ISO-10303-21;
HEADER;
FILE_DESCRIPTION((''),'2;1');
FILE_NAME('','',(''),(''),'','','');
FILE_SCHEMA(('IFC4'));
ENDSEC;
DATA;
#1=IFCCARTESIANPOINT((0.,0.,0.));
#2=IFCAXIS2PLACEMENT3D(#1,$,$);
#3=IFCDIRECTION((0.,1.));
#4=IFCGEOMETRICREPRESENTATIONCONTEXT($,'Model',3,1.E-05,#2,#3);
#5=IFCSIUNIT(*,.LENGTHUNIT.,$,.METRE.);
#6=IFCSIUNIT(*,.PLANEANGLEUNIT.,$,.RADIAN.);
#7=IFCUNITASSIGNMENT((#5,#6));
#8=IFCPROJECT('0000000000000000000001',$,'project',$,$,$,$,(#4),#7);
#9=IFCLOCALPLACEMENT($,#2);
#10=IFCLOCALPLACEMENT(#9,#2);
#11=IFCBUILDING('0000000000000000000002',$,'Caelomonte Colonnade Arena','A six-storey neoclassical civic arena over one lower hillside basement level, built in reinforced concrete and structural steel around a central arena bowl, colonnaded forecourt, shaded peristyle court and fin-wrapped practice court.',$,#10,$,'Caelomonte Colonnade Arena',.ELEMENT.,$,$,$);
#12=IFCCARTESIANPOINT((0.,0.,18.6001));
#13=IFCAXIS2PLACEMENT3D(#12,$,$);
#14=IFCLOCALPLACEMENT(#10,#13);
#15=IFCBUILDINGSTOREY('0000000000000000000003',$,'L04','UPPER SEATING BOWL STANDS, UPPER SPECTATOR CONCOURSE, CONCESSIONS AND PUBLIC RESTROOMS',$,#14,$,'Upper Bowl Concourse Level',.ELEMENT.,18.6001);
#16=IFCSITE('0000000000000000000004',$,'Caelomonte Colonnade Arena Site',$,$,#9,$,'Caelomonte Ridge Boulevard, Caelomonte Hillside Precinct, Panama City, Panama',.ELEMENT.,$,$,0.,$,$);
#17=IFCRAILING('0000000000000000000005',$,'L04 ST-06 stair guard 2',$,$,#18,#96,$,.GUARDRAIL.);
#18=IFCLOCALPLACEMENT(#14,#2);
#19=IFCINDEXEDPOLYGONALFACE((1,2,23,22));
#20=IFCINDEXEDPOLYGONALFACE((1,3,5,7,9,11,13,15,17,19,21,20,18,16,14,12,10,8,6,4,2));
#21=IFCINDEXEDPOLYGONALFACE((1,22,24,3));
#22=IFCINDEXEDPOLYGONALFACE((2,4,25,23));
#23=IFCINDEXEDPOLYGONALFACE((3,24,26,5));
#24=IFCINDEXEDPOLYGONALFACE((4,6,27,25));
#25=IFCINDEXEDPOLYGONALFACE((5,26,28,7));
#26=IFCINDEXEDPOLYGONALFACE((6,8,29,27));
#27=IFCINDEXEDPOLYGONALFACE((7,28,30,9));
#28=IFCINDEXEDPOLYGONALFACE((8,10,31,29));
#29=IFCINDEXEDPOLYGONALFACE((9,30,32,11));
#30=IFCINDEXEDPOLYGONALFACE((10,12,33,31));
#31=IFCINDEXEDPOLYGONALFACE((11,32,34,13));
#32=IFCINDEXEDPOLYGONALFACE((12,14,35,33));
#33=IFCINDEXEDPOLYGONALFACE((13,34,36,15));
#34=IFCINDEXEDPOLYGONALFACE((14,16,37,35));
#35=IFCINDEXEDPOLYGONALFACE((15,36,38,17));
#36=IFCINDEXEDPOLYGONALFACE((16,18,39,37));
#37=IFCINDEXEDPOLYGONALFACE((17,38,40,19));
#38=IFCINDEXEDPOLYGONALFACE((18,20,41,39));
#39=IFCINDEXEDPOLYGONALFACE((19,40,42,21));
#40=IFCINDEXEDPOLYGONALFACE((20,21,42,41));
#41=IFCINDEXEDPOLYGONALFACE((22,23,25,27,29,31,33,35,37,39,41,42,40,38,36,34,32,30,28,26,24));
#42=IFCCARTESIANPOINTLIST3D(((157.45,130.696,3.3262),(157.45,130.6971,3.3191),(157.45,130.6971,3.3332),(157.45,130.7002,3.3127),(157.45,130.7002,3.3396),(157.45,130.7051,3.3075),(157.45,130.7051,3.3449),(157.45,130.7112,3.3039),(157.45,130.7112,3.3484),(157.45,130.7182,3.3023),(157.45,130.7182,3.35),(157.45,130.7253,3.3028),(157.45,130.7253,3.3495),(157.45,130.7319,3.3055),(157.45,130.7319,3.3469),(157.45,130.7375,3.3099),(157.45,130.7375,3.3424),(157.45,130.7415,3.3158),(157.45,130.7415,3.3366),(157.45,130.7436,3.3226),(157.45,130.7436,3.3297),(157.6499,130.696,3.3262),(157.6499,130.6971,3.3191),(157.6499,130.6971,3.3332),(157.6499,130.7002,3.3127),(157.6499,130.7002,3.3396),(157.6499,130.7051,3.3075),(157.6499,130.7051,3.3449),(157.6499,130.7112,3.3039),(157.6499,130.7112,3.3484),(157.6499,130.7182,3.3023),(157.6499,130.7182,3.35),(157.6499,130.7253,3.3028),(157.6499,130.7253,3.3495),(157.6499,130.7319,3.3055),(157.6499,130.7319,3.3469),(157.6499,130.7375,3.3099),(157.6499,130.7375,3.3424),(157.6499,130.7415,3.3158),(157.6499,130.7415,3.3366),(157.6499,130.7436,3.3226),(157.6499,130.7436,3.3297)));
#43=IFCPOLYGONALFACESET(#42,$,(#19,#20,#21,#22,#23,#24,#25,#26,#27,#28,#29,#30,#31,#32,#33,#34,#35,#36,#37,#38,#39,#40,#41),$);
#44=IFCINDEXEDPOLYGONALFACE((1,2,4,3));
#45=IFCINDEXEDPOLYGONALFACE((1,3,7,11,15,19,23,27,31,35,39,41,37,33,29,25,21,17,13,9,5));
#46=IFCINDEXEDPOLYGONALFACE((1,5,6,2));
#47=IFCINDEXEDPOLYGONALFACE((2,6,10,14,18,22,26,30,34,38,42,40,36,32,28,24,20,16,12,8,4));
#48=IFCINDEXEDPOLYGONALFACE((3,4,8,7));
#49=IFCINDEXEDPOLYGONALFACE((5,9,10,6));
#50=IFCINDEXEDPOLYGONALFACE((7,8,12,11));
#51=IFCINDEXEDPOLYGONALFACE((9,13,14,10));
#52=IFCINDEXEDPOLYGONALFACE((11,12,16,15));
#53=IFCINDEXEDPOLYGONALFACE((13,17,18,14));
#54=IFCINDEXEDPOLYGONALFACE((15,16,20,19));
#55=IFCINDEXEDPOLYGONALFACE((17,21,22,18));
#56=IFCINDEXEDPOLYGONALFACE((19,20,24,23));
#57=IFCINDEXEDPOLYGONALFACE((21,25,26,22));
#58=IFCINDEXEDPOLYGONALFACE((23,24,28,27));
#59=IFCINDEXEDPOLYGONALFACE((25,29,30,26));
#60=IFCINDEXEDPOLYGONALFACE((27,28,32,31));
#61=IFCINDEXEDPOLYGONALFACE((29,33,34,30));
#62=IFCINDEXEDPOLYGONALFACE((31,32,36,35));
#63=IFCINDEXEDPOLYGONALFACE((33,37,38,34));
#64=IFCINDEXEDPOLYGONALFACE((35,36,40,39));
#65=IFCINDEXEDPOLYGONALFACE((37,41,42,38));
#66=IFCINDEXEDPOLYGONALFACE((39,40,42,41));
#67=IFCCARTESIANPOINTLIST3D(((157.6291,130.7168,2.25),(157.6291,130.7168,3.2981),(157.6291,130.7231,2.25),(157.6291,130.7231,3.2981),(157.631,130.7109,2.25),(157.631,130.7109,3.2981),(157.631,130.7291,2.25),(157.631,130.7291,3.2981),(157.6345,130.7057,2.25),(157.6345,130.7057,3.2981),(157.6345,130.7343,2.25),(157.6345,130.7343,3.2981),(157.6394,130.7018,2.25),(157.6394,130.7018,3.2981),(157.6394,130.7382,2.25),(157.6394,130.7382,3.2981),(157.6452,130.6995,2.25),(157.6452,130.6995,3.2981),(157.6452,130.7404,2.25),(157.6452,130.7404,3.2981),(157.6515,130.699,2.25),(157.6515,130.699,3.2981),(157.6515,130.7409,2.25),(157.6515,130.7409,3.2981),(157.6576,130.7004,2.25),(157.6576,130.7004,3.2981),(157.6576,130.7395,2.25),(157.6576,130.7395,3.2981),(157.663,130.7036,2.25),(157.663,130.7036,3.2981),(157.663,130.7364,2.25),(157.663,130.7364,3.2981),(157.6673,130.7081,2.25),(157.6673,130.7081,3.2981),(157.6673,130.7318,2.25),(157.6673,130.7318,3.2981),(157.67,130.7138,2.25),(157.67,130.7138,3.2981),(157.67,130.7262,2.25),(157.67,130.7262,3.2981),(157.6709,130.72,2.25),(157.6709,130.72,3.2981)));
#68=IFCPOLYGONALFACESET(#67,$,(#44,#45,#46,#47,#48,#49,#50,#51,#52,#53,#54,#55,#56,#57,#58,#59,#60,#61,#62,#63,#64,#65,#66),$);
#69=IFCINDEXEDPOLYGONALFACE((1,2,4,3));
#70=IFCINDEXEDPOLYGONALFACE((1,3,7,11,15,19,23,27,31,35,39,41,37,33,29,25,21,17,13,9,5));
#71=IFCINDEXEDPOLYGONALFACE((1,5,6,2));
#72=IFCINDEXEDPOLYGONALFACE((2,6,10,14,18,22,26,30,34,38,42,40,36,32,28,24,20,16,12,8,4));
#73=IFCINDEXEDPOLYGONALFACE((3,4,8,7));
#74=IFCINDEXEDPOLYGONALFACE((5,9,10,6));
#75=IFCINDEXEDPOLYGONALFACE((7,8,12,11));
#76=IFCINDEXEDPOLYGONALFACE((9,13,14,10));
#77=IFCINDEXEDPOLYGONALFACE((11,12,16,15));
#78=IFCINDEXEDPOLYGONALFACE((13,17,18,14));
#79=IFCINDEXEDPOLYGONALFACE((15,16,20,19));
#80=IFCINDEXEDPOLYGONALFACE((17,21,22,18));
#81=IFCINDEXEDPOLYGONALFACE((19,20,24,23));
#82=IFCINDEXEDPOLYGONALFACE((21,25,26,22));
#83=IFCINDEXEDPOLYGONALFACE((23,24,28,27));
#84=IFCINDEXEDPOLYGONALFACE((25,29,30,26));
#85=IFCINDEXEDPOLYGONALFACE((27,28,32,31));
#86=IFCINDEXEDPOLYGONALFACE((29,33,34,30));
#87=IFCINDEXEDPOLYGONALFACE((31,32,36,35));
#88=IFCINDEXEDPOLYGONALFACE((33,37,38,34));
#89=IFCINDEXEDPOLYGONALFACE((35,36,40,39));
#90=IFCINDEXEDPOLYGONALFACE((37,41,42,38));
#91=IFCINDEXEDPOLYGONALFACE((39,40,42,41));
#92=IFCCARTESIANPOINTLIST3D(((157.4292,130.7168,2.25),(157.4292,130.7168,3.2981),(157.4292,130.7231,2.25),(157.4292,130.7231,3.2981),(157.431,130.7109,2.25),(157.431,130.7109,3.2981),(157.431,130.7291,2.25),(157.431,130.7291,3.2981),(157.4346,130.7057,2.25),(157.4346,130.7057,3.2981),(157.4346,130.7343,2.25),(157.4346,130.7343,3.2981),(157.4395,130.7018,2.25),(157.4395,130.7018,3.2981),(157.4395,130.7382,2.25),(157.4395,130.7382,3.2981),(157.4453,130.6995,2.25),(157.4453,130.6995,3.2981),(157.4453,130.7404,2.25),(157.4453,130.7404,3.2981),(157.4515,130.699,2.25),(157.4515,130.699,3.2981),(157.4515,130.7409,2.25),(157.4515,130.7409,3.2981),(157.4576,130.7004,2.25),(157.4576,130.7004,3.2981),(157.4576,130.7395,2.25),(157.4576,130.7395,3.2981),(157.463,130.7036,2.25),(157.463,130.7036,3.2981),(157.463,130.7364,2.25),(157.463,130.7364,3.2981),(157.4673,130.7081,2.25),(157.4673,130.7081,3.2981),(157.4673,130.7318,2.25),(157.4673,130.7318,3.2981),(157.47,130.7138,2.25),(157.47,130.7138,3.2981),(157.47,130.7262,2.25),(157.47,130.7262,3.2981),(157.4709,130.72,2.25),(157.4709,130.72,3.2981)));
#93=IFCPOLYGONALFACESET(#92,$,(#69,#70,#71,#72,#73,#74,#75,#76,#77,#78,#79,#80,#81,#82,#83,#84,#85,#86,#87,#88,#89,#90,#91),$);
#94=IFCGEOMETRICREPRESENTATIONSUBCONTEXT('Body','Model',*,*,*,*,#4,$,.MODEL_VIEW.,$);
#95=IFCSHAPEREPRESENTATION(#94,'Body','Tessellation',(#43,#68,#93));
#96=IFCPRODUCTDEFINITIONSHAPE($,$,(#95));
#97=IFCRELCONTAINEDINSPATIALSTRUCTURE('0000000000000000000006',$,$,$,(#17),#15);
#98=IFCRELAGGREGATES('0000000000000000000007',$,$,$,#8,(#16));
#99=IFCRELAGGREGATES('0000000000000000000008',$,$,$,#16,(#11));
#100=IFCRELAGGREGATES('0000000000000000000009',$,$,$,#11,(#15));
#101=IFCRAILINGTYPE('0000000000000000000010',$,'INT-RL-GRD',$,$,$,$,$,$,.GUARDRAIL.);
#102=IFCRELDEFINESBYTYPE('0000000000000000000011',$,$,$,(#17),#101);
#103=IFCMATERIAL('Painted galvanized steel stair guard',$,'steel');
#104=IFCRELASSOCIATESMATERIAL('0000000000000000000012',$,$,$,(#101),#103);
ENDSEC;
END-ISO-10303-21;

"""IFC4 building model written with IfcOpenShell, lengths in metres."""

from ifc_helpers import new_model, si_unit, direction, frame, origin, origin_2d, place, context, subcontext, project, spatial, circle, extrude, material, type_object, element, save


model = new_model("IFC4")

# Units and contexts
model_context = context("Model", 3, precision=1e-05, world=origin(), true_north=direction((0.0, 1.0)))
body_context = subcontext(model_context, "Body", "Model", "MODEL_VIEW")
ifc_project = project(units=[si_unit("LENGTHUNIT", "METRE"), si_unit("PLANEANGLEUNIT", "RADIAN")], contexts=[model_context])

# Site, building, storey
site_placement = place(None, origin())
site = spatial("IfcSite", under=ifc_project, at=site_placement, Name="Caelomonte Colonnade Arena Site", LongName="Caelomonte Ridge Boulevard, Caelomonte Hillside Precinct, Panama City, Panama", CompositionType="ELEMENT", RefElevation=0.0)
building_placement = place(site_placement, origin())
building = spatial("IfcBuilding", under=site, at=building_placement, Name="Caelomonte Colonnade Arena", Description="A six-storey neoclassical civic arena over one lower hillside basement level, built in reinforced concrete and structural steel around a central arena bowl, colonnaded forecourt, shaded peristyle court and fin-wrapped practice court.", LongName="Caelomonte Colonnade Arena", CompositionType="ELEMENT")
storey_placement = place(building_placement, frame((0.0, 0.0, 18.6001)))
storey = spatial("IfcBuildingStorey", under=building, at=storey_placement, Name="L04", Description="UPPER SEATING BOWL STANDS, UPPER SPECTATOR CONCOURSE, CONCESSIONS AND PUBLIC RESTROOMS", LongName="Upper Bowl Concourse Level", CompositionType="ELEMENT", Elevation=18.6001)

# Railing
ifc_material_1 = material(Name="Painted galvanized steel stair guard", Category="steel")
railing_type_1 = type_object("IfcRailingType", Name="INT-RL-GRD", PredefinedType="GUARDRAIL", material=ifc_material_1)
railing_1_placement = place(storey_placement, frame((157.6499, 130.72, 2.25)))
element("IfcRailing", 1, at=railing_1_placement, inside=storey, type_object=railing_type_1, Name="L04 ST-06 stair guard 2", PredefinedType="GUARDRAIL", context=body_context, shape_type="SweptSolid", body=[
    extrude(circle(Radius=0.0239, at=origin_2d()), frame((0.0, 0.0, 1.0762), z_axis=(-1.0, 0.0, 0.0), x_axis=(0.0, -1.0, 0.0)), (0.0, 0.0, 1.0), 0.2),
    extrude(circle(Radius=0.021, at=origin_2d()), origin(), (0.0, 0.0, 1.0), 1.0481),
    extrude(circle(Radius=0.021, at=origin_2d()), frame((-0.2, 0.0, 0.0)), (0.0, 0.0, 1.0), 1.0481),
])

save(model, "model.ifc")
